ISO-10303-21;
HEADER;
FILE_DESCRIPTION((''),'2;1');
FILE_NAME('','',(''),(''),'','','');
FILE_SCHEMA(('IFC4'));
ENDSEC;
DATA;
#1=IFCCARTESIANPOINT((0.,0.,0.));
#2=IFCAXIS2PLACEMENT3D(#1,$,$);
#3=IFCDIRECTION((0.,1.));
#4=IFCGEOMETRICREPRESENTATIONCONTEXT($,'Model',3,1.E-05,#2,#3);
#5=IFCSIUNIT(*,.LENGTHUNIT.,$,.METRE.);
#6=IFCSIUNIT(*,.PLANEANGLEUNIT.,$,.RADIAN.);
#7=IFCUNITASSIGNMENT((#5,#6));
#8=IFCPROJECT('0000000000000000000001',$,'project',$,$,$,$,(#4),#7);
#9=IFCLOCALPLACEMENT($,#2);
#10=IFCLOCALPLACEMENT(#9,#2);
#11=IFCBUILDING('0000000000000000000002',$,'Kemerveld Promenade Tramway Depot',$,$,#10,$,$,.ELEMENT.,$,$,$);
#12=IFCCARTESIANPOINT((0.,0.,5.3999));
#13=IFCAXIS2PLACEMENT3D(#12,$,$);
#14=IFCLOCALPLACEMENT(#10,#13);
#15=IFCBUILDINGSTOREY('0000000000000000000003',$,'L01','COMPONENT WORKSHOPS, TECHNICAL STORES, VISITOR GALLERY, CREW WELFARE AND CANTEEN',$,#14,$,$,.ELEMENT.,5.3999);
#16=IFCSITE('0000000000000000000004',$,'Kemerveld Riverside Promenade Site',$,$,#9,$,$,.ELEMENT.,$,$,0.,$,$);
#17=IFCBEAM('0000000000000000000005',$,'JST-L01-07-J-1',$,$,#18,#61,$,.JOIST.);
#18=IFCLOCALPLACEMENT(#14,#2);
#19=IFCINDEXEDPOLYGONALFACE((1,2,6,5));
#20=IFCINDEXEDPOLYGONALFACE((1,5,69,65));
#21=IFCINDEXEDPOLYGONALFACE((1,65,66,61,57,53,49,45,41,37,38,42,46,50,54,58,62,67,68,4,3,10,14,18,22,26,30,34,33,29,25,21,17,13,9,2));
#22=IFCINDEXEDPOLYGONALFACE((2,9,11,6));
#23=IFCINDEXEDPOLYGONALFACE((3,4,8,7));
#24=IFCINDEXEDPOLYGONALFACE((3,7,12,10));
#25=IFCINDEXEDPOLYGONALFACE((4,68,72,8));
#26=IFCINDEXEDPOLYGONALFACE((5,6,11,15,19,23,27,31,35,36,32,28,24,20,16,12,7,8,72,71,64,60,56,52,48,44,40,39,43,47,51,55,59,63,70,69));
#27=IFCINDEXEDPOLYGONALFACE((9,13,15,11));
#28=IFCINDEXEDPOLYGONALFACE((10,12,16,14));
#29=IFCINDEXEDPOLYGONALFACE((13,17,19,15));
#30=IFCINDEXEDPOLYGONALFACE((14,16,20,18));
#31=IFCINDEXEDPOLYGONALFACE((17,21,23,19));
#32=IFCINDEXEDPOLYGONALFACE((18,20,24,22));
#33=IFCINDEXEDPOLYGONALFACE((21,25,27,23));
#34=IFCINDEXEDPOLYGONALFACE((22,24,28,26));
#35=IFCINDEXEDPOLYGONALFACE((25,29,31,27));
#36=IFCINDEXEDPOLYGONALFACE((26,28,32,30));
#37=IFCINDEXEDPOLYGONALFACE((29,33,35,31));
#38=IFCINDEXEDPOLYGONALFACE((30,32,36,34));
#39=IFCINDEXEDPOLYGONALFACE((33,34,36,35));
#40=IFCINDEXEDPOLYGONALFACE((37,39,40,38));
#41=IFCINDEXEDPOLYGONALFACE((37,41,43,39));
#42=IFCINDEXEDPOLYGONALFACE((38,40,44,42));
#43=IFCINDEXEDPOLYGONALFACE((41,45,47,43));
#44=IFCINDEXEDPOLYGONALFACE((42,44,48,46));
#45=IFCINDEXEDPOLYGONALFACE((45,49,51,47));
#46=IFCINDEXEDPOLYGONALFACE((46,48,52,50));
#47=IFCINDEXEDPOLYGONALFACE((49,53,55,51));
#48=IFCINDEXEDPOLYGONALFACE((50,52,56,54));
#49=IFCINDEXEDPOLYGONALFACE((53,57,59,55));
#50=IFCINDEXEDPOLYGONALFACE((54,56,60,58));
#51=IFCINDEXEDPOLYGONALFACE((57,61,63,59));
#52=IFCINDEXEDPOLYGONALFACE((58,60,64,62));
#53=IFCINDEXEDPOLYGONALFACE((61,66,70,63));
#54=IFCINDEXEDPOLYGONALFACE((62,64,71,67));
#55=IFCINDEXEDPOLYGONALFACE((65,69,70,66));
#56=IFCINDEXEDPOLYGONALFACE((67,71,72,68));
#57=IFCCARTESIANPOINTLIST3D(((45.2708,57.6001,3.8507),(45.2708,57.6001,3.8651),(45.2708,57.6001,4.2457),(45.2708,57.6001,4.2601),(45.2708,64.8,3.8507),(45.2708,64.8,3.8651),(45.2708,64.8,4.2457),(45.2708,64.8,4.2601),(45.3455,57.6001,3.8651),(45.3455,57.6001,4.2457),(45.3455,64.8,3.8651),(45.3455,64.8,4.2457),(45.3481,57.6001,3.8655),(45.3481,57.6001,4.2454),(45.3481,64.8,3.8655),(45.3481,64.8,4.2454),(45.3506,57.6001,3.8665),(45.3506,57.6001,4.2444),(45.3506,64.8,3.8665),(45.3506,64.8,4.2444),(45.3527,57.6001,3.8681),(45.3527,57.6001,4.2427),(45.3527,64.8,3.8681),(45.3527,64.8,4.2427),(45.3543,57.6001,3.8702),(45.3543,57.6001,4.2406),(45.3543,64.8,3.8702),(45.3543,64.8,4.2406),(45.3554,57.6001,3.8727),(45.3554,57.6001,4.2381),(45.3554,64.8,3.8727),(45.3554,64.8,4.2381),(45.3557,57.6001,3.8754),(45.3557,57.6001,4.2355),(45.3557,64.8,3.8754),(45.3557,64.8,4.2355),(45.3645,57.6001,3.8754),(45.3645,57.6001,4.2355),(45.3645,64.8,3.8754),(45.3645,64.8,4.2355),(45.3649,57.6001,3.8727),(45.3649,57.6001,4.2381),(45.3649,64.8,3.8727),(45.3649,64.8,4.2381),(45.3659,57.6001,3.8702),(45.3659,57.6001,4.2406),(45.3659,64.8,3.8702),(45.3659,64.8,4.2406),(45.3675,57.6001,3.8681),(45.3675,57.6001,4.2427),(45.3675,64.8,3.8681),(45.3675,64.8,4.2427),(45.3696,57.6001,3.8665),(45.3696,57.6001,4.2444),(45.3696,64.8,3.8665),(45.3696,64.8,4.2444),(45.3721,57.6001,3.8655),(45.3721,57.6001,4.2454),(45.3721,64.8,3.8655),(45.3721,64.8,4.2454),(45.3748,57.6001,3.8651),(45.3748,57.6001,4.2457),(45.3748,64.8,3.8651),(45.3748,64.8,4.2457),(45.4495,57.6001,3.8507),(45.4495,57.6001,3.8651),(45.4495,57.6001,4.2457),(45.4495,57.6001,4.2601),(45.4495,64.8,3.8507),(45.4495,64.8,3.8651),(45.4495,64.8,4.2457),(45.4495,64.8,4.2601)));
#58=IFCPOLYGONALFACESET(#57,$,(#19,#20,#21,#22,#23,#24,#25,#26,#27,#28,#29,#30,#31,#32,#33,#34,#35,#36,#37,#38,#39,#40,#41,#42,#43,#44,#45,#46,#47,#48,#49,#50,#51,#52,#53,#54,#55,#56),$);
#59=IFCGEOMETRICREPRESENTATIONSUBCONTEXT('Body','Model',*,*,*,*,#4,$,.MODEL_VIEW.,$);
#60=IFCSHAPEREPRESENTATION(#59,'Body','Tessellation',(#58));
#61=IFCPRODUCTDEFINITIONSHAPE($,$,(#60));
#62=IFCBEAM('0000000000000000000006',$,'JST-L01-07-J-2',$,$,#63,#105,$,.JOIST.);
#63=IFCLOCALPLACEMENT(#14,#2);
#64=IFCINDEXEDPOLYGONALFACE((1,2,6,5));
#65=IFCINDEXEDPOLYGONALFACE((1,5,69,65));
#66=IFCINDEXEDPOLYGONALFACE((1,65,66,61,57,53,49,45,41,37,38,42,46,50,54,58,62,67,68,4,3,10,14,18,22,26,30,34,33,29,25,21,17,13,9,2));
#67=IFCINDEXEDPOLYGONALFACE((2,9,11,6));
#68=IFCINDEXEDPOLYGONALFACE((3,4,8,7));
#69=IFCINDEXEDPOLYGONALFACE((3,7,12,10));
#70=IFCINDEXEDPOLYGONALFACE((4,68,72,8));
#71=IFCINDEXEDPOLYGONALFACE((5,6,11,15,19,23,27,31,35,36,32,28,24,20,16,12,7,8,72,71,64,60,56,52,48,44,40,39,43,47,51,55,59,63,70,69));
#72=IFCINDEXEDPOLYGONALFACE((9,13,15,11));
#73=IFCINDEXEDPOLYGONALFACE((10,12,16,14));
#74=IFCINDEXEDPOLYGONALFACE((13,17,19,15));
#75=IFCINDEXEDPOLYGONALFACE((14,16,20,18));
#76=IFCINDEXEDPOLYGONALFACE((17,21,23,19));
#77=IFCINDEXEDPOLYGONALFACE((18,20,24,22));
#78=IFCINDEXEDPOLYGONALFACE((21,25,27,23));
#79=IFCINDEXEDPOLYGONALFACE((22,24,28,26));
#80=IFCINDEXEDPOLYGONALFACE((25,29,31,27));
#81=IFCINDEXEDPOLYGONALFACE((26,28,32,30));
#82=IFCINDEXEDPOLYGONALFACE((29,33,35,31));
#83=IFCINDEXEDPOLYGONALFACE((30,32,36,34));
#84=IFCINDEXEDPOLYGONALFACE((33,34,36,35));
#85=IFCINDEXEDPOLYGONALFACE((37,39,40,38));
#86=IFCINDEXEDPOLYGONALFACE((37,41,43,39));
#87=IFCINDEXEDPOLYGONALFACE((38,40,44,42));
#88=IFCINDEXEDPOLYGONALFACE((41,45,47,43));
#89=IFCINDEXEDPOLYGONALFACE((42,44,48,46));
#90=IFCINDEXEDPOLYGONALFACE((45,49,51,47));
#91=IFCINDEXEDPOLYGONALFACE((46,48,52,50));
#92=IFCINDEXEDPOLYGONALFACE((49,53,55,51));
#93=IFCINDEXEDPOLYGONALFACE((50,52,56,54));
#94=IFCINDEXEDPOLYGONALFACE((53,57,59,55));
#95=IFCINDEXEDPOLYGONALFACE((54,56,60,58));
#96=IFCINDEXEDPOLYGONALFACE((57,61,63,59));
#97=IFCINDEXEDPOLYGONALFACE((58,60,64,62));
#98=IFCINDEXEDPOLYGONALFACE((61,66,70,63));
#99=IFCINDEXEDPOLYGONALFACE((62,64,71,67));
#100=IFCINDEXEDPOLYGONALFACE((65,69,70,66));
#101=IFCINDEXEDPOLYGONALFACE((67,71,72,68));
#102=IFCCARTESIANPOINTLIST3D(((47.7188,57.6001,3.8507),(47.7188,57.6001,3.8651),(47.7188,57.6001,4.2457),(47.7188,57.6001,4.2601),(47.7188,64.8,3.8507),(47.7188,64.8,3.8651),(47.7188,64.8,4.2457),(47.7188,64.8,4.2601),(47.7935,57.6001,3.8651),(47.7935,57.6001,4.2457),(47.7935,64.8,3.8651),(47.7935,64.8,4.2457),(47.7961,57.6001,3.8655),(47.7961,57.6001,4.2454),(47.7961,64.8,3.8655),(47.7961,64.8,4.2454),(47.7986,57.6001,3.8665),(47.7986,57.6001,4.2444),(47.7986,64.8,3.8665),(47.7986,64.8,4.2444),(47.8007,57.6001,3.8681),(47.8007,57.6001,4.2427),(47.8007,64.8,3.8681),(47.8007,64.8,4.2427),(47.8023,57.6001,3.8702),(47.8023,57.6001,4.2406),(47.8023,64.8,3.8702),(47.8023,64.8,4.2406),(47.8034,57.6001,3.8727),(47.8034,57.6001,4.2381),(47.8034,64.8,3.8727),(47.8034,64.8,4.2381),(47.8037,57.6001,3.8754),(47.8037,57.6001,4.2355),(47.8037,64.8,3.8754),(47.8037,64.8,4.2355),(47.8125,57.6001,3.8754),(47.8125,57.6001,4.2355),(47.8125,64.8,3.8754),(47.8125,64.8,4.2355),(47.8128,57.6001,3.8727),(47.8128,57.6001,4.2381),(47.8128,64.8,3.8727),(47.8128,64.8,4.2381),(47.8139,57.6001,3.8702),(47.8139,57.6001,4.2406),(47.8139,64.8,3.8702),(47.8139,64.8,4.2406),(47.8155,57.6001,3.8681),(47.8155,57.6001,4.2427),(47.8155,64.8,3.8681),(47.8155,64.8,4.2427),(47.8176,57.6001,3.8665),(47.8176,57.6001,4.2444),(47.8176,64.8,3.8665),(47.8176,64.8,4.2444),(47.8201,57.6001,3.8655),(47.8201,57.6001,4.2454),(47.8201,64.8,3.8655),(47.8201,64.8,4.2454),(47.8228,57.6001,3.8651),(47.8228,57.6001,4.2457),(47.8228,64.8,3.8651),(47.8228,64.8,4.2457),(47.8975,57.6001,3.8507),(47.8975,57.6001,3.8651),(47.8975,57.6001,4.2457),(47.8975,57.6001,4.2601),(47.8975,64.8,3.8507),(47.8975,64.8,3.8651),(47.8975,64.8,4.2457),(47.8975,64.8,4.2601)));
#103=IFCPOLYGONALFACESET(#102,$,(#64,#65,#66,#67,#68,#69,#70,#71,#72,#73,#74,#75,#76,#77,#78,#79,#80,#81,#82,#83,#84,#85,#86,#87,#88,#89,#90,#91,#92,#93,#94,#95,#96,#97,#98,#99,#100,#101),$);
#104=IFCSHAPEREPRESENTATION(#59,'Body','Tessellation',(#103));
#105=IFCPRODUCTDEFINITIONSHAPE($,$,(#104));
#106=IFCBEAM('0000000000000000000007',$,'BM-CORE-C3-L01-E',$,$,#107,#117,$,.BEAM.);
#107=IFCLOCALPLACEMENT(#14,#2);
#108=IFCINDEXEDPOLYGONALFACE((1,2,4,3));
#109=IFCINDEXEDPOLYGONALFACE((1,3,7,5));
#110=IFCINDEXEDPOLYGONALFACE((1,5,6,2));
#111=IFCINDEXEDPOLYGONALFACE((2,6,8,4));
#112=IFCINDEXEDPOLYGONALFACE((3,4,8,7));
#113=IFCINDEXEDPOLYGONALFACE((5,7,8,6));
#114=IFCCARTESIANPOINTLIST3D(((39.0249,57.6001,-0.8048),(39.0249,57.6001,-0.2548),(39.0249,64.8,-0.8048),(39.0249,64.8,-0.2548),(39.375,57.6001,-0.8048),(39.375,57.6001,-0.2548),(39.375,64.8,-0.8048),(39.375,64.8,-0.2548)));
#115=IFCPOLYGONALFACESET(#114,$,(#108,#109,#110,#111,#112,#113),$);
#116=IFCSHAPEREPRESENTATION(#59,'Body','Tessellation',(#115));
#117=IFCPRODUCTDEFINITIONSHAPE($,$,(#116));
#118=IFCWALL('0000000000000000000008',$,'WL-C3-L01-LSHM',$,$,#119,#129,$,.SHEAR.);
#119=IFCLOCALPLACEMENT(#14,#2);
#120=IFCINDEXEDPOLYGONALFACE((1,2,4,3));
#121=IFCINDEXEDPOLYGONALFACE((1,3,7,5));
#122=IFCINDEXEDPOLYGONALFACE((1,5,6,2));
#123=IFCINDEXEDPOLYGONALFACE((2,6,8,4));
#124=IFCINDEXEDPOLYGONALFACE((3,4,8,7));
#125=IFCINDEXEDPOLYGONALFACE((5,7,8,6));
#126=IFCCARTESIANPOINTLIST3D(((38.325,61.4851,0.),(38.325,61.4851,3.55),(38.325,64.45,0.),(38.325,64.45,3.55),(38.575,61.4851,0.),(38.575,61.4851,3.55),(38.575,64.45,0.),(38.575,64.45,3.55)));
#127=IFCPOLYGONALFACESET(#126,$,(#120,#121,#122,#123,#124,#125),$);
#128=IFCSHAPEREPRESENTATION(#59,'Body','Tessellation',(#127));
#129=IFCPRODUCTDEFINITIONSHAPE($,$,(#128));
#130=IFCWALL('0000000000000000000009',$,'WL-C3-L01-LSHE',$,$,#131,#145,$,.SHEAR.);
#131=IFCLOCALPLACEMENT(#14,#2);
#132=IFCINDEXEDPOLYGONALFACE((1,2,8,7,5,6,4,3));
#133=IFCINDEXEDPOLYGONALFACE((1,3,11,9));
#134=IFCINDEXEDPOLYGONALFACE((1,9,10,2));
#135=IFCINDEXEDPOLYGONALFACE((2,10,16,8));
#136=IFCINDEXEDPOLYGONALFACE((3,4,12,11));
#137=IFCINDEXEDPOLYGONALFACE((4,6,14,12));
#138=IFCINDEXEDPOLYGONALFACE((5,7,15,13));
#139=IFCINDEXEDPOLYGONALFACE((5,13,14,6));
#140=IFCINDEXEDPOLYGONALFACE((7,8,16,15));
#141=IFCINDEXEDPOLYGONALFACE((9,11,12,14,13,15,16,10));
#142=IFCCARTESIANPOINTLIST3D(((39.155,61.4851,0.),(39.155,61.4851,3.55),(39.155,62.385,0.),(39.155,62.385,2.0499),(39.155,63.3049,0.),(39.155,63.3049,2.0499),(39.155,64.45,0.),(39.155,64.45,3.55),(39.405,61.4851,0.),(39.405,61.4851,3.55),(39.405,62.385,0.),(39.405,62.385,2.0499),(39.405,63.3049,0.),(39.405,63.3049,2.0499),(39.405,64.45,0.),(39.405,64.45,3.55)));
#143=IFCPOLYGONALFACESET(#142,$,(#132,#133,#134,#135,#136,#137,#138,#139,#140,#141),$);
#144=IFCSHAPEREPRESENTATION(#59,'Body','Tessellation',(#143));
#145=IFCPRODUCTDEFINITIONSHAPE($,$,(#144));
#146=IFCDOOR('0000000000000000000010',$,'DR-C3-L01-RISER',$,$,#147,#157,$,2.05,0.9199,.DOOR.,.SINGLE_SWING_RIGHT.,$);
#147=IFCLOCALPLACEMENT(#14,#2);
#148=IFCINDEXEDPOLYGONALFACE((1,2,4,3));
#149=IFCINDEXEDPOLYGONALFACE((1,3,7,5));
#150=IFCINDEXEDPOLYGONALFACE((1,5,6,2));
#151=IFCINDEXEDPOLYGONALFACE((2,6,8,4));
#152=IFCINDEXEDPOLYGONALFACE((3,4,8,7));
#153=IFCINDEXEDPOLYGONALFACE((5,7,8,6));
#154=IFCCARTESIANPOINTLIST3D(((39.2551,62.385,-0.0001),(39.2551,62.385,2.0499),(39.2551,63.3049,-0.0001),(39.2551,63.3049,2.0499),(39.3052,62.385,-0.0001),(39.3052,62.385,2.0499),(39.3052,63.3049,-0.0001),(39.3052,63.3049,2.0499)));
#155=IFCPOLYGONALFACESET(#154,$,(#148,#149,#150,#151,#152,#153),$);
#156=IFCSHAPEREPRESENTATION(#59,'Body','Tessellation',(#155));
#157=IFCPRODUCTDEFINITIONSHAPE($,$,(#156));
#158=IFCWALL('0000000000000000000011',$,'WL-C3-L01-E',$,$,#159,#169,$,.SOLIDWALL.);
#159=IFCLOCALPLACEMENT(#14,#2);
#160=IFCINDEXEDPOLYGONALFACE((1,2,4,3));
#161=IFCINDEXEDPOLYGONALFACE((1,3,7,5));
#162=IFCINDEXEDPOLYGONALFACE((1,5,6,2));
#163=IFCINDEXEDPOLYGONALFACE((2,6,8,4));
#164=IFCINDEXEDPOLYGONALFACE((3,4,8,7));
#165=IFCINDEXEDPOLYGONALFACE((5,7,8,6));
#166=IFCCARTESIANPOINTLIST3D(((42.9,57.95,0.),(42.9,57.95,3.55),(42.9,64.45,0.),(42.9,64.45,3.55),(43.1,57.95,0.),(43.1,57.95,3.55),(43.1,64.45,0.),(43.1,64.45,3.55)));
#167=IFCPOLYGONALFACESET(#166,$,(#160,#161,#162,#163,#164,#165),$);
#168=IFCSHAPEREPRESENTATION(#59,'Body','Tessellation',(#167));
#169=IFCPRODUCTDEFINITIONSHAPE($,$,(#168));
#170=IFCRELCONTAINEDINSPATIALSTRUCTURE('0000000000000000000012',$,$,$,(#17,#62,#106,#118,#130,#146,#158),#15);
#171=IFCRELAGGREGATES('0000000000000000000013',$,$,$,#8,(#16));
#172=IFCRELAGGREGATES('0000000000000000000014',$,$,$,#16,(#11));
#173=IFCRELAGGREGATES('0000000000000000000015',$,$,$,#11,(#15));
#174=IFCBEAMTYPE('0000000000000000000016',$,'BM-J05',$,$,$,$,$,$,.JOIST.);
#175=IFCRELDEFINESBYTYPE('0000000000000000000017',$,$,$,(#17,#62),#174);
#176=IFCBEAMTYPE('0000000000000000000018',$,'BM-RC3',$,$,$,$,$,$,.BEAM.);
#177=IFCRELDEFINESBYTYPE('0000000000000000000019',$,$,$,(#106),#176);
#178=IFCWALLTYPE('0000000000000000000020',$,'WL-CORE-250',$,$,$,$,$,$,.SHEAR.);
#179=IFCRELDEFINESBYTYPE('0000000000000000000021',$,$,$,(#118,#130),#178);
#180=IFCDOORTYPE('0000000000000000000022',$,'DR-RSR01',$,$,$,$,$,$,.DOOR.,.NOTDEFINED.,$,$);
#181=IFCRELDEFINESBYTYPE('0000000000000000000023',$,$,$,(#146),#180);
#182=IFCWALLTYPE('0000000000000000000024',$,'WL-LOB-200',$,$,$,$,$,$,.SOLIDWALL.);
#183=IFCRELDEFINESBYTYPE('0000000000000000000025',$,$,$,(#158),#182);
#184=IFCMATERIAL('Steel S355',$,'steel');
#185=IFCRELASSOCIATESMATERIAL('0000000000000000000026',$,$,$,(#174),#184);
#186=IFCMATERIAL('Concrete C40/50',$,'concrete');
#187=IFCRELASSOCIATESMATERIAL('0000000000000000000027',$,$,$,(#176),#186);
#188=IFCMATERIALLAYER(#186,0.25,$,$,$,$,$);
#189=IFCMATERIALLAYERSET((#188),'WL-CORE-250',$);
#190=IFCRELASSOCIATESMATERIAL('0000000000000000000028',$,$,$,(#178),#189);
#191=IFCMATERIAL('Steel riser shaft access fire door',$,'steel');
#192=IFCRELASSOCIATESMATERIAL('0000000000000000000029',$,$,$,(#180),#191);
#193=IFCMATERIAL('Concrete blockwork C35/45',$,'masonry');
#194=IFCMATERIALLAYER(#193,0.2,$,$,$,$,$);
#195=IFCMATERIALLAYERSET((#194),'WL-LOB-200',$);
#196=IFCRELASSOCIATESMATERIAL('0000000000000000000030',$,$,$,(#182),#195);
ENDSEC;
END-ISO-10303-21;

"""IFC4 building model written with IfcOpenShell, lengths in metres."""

from ifc_helpers import new_model, si_unit, direction, frame, frame_2d, origin, origin_2d, place, context, subcontext, project, spatial, rectangle, i_section, extrude, material, layer, layer_set, material_profile, profile_set, type_object, element, fill, save


model = new_model("IFC4")

# Units and contexts
model_context = context("Model", 3, precision=1e-05, world=origin(), true_north=direction((0.0, 1.0)))
body_context = subcontext(model_context, "Body", "Model", "MODEL_VIEW")
ifc_project = project(units=[si_unit("LENGTHUNIT", "METRE"), si_unit("PLANEANGLEUNIT", "RADIAN")], contexts=[model_context])

# Site, building, storey
site_placement = place(None, origin())
site = spatial("IfcSite", under=ifc_project, at=site_placement, Name="Kemerveld Riverside Promenade Site", CompositionType="ELEMENT", RefElevation=0.0)
building_placement = place(site_placement, origin())
building = spatial("IfcBuilding", under=site, at=building_placement, Name="Kemerveld Promenade Tramway Depot", CompositionType="ELEMENT")
storey_placement = place(building_placement, frame((0.0, 0.0, 5.3999)))
storey = spatial("IfcBuildingStorey", under=building, at=storey_placement, Name="L01", Description="COMPONENT WORKSHOPS, TECHNICAL STORES, VISITOR GALLERY, CREW WELFARE AND CANTEEN", CompositionType="ELEMENT", Elevation=5.3999)

# Shared definitions
ifc_material_1 = material(Name="Steel S355", Category="steel")

# Beams
ifc_material_profile_1 = material_profile(ifc_material_1, i_section(OverallWidth=0.1787, OverallDepth=0.4094, WebThickness=0.0088, FlangeThickness=0.0144, FilletRadius=0.0103, at=origin_2d()), Name="406x178x67 UB")
ifc_profile_set_1 = profile_set([ifc_material_profile_1], Name="Steel S355")
beam_type_1 = type_object("IfcBeamType", Name="BM-J05", PredefinedType="JOIST", material=ifc_profile_set_1)
for number, where, z_axis, x_axis, name in (
    (1, (45.3601, 57.6001, 4.0554), (0.0, 1.0, 0.0), (-1.0, 0.0, 0.0), "JST-L01-07-J-1"),
    (2, (47.8081, 57.6001, 4.0554), (0.0, 1.0, 0.0), (-1.0, 0.0, 0.0), "JST-L01-07-J-2"),
):
    element("IfcBeam", number, at=place(storey_placement, frame(where, z_axis=z_axis, x_axis=x_axis)), inside=storey, type_object=beam_type_1, Name=name, PredefinedType="JOIST", context=body_context, shape_type="SweptSolid", body=[
        extrude(i_section(OverallWidth=0.1787, OverallDepth=0.4094, WebThickness=0.0088, FlangeThickness=0.0144, FilletRadius=0.0103, at=origin_2d()), origin(), (0.0, 0.0, 1.0), 7.2),
    ])
ifc_material_2 = material(Name="Concrete C40/50", Category="concrete")
ifc_material_profile_2 = material_profile(ifc_material_2, rectangle(XDim=0.3501, YDim=0.55, at=origin_2d()), Name="RC-BM-350x550")
ifc_profile_set_2 = profile_set([ifc_material_profile_2], Name="Concrete C40/50")
beam_type_2 = type_object("IfcBeamType", Name="BM-RC3", PredefinedType="BEAM", material=ifc_profile_set_2)
beam_1_placement = place(storey_placement, frame((39.2, 57.6001, -0.5298), z_axis=(0.0, 1.0, 0.0), x_axis=(-1.0, 0.0, 0.0)))
element("IfcBeam", 3, at=beam_1_placement, inside=storey, type_object=beam_type_2, Name="BM-CORE-C3-L01-E", PredefinedType="BEAM", context=body_context, shape_type="SweptSolid", body=[
    extrude(rectangle(XDim=0.3501, YDim=0.55, at=origin_2d()), origin(), (0.0, 0.0, 1.0), 7.2),
])

# Wall
ifc_layer_1 = layer(ifc_material_2, 0.25)
ifc_layer_set_1 = layer_set([ifc_layer_1], Name="WL-CORE-250")
wall_type_1 = type_object("IfcWallType", Name="WL-CORE-250", PredefinedType="SHEAR", material=ifc_layer_set_1)
wall_1_placement = place(storey_placement, frame((38.45, 61.4851, 0.0), z_axis=(0.0, 0.0, 1.0), x_axis=(0.0, 1.0, 0.0)))
element("IfcWall", 4, at=wall_1_placement, inside=storey, type_object=wall_type_1, Name="WL-C3-L01-LSHM", PredefinedType="SHEAR", context=body_context, shape_type="SweptSolid", body=[
    extrude(rectangle(XDim=2.9648, YDim=0.25, at=frame_2d((1.4824, 0.0))), origin(), (0.0, 0.0, 1.0), 3.55),
])

# Wall, opening, door
wall_2_placement = place(storey_placement, frame((39.28, 61.4851, 0.0), z_axis=(0.0, 0.0, 1.0), x_axis=(0.0, 1.0, 0.0)))
wall_2 = element("IfcWall", 5, at=wall_2_placement, inside=storey, type_object=wall_type_1, Name="WL-C3-L01-LSHE", PredefinedType="SHEAR", context=body_context, shape_type="SweptSolid", body=[
    extrude(rectangle(XDim=2.9648, YDim=0.25, at=frame_2d((1.4824, 0.0))), origin(), (0.0, 0.0, 1.0), 3.55),
])
opening_1_placement = place(wall_2_placement, frame((0.8999, 0.0, 0.0)))
opening_1 = element("IfcOpeningElement", 6, at=opening_1_placement, cuts=wall_2, PredefinedType="OPENING", context=body_context, shape_type="SweptSolid", body=[
    extrude(rectangle(XDim=0.9199, YDim=2.05, at=frame_2d((0.46, 1.0249))), frame((0.0, 0.135, 0.0), z_axis=(0.0, -1.0, 0.0), x_axis=(1.0, 0.0, 0.0)), (0.0, 0.0, 1.0), 0.27),
])
ifc_material_3 = material(Name="Steel riser shaft access fire door", Category="steel")
door_type_1 = type_object("IfcDoorType", Name="DR-RSR01", OperationType="NOTDEFINED", PredefinedType="DOOR", material=ifc_material_3)
door_1_placement = place(opening_1_placement, origin())
door_1 = element("IfcDoor", 7, at=door_1_placement, inside=storey, type_object=door_type_1, Name="DR-C3-L01-RISER", OperationType="SINGLE_SWING_RIGHT", OverallHeight=2.05, OverallWidth=0.9199, PredefinedType="DOOR", context=body_context, shape_type="SweptSolid", body=[
    extrude(rectangle(XDim=0.9199, YDim=2.05, at=frame_2d((0.46, 1.0249))), frame((0.0, 0.0249, 0.0), z_axis=(0.0, -1.0, 0.0), x_axis=(1.0, 0.0, 0.0)), (0.0, 0.0, 1.0), 0.05),
])
fill(opening_1, door_1)

# Wall
ifc_material_4 = material(Name="Concrete blockwork C35/45", Category="masonry")
ifc_layer_2 = layer(ifc_material_4, 0.2)
ifc_layer_set_2 = layer_set([ifc_layer_2], Name="WL-LOB-200")
wall_type_2 = type_object("IfcWallType", Name="WL-LOB-200", PredefinedType="SOLIDWALL", material=ifc_layer_set_2)
wall_3_placement = place(storey_placement, frame((43.0, 57.95, 0.0), z_axis=(0.0, 0.0, 1.0), x_axis=(0.0, 1.0, 0.0)))
element("IfcWall", 8, at=wall_3_placement, inside=storey, type_object=wall_type_2, Name="WL-C3-L01-E", PredefinedType="SOLIDWALL", context=body_context, shape_type="SweptSolid", body=[
    extrude(rectangle(XDim=6.5, YDim=0.2, at=frame_2d((3.25, 0.0))), origin(), (0.0, 0.0, 1.0), 3.55),
])

save(model, "model.ifc")
